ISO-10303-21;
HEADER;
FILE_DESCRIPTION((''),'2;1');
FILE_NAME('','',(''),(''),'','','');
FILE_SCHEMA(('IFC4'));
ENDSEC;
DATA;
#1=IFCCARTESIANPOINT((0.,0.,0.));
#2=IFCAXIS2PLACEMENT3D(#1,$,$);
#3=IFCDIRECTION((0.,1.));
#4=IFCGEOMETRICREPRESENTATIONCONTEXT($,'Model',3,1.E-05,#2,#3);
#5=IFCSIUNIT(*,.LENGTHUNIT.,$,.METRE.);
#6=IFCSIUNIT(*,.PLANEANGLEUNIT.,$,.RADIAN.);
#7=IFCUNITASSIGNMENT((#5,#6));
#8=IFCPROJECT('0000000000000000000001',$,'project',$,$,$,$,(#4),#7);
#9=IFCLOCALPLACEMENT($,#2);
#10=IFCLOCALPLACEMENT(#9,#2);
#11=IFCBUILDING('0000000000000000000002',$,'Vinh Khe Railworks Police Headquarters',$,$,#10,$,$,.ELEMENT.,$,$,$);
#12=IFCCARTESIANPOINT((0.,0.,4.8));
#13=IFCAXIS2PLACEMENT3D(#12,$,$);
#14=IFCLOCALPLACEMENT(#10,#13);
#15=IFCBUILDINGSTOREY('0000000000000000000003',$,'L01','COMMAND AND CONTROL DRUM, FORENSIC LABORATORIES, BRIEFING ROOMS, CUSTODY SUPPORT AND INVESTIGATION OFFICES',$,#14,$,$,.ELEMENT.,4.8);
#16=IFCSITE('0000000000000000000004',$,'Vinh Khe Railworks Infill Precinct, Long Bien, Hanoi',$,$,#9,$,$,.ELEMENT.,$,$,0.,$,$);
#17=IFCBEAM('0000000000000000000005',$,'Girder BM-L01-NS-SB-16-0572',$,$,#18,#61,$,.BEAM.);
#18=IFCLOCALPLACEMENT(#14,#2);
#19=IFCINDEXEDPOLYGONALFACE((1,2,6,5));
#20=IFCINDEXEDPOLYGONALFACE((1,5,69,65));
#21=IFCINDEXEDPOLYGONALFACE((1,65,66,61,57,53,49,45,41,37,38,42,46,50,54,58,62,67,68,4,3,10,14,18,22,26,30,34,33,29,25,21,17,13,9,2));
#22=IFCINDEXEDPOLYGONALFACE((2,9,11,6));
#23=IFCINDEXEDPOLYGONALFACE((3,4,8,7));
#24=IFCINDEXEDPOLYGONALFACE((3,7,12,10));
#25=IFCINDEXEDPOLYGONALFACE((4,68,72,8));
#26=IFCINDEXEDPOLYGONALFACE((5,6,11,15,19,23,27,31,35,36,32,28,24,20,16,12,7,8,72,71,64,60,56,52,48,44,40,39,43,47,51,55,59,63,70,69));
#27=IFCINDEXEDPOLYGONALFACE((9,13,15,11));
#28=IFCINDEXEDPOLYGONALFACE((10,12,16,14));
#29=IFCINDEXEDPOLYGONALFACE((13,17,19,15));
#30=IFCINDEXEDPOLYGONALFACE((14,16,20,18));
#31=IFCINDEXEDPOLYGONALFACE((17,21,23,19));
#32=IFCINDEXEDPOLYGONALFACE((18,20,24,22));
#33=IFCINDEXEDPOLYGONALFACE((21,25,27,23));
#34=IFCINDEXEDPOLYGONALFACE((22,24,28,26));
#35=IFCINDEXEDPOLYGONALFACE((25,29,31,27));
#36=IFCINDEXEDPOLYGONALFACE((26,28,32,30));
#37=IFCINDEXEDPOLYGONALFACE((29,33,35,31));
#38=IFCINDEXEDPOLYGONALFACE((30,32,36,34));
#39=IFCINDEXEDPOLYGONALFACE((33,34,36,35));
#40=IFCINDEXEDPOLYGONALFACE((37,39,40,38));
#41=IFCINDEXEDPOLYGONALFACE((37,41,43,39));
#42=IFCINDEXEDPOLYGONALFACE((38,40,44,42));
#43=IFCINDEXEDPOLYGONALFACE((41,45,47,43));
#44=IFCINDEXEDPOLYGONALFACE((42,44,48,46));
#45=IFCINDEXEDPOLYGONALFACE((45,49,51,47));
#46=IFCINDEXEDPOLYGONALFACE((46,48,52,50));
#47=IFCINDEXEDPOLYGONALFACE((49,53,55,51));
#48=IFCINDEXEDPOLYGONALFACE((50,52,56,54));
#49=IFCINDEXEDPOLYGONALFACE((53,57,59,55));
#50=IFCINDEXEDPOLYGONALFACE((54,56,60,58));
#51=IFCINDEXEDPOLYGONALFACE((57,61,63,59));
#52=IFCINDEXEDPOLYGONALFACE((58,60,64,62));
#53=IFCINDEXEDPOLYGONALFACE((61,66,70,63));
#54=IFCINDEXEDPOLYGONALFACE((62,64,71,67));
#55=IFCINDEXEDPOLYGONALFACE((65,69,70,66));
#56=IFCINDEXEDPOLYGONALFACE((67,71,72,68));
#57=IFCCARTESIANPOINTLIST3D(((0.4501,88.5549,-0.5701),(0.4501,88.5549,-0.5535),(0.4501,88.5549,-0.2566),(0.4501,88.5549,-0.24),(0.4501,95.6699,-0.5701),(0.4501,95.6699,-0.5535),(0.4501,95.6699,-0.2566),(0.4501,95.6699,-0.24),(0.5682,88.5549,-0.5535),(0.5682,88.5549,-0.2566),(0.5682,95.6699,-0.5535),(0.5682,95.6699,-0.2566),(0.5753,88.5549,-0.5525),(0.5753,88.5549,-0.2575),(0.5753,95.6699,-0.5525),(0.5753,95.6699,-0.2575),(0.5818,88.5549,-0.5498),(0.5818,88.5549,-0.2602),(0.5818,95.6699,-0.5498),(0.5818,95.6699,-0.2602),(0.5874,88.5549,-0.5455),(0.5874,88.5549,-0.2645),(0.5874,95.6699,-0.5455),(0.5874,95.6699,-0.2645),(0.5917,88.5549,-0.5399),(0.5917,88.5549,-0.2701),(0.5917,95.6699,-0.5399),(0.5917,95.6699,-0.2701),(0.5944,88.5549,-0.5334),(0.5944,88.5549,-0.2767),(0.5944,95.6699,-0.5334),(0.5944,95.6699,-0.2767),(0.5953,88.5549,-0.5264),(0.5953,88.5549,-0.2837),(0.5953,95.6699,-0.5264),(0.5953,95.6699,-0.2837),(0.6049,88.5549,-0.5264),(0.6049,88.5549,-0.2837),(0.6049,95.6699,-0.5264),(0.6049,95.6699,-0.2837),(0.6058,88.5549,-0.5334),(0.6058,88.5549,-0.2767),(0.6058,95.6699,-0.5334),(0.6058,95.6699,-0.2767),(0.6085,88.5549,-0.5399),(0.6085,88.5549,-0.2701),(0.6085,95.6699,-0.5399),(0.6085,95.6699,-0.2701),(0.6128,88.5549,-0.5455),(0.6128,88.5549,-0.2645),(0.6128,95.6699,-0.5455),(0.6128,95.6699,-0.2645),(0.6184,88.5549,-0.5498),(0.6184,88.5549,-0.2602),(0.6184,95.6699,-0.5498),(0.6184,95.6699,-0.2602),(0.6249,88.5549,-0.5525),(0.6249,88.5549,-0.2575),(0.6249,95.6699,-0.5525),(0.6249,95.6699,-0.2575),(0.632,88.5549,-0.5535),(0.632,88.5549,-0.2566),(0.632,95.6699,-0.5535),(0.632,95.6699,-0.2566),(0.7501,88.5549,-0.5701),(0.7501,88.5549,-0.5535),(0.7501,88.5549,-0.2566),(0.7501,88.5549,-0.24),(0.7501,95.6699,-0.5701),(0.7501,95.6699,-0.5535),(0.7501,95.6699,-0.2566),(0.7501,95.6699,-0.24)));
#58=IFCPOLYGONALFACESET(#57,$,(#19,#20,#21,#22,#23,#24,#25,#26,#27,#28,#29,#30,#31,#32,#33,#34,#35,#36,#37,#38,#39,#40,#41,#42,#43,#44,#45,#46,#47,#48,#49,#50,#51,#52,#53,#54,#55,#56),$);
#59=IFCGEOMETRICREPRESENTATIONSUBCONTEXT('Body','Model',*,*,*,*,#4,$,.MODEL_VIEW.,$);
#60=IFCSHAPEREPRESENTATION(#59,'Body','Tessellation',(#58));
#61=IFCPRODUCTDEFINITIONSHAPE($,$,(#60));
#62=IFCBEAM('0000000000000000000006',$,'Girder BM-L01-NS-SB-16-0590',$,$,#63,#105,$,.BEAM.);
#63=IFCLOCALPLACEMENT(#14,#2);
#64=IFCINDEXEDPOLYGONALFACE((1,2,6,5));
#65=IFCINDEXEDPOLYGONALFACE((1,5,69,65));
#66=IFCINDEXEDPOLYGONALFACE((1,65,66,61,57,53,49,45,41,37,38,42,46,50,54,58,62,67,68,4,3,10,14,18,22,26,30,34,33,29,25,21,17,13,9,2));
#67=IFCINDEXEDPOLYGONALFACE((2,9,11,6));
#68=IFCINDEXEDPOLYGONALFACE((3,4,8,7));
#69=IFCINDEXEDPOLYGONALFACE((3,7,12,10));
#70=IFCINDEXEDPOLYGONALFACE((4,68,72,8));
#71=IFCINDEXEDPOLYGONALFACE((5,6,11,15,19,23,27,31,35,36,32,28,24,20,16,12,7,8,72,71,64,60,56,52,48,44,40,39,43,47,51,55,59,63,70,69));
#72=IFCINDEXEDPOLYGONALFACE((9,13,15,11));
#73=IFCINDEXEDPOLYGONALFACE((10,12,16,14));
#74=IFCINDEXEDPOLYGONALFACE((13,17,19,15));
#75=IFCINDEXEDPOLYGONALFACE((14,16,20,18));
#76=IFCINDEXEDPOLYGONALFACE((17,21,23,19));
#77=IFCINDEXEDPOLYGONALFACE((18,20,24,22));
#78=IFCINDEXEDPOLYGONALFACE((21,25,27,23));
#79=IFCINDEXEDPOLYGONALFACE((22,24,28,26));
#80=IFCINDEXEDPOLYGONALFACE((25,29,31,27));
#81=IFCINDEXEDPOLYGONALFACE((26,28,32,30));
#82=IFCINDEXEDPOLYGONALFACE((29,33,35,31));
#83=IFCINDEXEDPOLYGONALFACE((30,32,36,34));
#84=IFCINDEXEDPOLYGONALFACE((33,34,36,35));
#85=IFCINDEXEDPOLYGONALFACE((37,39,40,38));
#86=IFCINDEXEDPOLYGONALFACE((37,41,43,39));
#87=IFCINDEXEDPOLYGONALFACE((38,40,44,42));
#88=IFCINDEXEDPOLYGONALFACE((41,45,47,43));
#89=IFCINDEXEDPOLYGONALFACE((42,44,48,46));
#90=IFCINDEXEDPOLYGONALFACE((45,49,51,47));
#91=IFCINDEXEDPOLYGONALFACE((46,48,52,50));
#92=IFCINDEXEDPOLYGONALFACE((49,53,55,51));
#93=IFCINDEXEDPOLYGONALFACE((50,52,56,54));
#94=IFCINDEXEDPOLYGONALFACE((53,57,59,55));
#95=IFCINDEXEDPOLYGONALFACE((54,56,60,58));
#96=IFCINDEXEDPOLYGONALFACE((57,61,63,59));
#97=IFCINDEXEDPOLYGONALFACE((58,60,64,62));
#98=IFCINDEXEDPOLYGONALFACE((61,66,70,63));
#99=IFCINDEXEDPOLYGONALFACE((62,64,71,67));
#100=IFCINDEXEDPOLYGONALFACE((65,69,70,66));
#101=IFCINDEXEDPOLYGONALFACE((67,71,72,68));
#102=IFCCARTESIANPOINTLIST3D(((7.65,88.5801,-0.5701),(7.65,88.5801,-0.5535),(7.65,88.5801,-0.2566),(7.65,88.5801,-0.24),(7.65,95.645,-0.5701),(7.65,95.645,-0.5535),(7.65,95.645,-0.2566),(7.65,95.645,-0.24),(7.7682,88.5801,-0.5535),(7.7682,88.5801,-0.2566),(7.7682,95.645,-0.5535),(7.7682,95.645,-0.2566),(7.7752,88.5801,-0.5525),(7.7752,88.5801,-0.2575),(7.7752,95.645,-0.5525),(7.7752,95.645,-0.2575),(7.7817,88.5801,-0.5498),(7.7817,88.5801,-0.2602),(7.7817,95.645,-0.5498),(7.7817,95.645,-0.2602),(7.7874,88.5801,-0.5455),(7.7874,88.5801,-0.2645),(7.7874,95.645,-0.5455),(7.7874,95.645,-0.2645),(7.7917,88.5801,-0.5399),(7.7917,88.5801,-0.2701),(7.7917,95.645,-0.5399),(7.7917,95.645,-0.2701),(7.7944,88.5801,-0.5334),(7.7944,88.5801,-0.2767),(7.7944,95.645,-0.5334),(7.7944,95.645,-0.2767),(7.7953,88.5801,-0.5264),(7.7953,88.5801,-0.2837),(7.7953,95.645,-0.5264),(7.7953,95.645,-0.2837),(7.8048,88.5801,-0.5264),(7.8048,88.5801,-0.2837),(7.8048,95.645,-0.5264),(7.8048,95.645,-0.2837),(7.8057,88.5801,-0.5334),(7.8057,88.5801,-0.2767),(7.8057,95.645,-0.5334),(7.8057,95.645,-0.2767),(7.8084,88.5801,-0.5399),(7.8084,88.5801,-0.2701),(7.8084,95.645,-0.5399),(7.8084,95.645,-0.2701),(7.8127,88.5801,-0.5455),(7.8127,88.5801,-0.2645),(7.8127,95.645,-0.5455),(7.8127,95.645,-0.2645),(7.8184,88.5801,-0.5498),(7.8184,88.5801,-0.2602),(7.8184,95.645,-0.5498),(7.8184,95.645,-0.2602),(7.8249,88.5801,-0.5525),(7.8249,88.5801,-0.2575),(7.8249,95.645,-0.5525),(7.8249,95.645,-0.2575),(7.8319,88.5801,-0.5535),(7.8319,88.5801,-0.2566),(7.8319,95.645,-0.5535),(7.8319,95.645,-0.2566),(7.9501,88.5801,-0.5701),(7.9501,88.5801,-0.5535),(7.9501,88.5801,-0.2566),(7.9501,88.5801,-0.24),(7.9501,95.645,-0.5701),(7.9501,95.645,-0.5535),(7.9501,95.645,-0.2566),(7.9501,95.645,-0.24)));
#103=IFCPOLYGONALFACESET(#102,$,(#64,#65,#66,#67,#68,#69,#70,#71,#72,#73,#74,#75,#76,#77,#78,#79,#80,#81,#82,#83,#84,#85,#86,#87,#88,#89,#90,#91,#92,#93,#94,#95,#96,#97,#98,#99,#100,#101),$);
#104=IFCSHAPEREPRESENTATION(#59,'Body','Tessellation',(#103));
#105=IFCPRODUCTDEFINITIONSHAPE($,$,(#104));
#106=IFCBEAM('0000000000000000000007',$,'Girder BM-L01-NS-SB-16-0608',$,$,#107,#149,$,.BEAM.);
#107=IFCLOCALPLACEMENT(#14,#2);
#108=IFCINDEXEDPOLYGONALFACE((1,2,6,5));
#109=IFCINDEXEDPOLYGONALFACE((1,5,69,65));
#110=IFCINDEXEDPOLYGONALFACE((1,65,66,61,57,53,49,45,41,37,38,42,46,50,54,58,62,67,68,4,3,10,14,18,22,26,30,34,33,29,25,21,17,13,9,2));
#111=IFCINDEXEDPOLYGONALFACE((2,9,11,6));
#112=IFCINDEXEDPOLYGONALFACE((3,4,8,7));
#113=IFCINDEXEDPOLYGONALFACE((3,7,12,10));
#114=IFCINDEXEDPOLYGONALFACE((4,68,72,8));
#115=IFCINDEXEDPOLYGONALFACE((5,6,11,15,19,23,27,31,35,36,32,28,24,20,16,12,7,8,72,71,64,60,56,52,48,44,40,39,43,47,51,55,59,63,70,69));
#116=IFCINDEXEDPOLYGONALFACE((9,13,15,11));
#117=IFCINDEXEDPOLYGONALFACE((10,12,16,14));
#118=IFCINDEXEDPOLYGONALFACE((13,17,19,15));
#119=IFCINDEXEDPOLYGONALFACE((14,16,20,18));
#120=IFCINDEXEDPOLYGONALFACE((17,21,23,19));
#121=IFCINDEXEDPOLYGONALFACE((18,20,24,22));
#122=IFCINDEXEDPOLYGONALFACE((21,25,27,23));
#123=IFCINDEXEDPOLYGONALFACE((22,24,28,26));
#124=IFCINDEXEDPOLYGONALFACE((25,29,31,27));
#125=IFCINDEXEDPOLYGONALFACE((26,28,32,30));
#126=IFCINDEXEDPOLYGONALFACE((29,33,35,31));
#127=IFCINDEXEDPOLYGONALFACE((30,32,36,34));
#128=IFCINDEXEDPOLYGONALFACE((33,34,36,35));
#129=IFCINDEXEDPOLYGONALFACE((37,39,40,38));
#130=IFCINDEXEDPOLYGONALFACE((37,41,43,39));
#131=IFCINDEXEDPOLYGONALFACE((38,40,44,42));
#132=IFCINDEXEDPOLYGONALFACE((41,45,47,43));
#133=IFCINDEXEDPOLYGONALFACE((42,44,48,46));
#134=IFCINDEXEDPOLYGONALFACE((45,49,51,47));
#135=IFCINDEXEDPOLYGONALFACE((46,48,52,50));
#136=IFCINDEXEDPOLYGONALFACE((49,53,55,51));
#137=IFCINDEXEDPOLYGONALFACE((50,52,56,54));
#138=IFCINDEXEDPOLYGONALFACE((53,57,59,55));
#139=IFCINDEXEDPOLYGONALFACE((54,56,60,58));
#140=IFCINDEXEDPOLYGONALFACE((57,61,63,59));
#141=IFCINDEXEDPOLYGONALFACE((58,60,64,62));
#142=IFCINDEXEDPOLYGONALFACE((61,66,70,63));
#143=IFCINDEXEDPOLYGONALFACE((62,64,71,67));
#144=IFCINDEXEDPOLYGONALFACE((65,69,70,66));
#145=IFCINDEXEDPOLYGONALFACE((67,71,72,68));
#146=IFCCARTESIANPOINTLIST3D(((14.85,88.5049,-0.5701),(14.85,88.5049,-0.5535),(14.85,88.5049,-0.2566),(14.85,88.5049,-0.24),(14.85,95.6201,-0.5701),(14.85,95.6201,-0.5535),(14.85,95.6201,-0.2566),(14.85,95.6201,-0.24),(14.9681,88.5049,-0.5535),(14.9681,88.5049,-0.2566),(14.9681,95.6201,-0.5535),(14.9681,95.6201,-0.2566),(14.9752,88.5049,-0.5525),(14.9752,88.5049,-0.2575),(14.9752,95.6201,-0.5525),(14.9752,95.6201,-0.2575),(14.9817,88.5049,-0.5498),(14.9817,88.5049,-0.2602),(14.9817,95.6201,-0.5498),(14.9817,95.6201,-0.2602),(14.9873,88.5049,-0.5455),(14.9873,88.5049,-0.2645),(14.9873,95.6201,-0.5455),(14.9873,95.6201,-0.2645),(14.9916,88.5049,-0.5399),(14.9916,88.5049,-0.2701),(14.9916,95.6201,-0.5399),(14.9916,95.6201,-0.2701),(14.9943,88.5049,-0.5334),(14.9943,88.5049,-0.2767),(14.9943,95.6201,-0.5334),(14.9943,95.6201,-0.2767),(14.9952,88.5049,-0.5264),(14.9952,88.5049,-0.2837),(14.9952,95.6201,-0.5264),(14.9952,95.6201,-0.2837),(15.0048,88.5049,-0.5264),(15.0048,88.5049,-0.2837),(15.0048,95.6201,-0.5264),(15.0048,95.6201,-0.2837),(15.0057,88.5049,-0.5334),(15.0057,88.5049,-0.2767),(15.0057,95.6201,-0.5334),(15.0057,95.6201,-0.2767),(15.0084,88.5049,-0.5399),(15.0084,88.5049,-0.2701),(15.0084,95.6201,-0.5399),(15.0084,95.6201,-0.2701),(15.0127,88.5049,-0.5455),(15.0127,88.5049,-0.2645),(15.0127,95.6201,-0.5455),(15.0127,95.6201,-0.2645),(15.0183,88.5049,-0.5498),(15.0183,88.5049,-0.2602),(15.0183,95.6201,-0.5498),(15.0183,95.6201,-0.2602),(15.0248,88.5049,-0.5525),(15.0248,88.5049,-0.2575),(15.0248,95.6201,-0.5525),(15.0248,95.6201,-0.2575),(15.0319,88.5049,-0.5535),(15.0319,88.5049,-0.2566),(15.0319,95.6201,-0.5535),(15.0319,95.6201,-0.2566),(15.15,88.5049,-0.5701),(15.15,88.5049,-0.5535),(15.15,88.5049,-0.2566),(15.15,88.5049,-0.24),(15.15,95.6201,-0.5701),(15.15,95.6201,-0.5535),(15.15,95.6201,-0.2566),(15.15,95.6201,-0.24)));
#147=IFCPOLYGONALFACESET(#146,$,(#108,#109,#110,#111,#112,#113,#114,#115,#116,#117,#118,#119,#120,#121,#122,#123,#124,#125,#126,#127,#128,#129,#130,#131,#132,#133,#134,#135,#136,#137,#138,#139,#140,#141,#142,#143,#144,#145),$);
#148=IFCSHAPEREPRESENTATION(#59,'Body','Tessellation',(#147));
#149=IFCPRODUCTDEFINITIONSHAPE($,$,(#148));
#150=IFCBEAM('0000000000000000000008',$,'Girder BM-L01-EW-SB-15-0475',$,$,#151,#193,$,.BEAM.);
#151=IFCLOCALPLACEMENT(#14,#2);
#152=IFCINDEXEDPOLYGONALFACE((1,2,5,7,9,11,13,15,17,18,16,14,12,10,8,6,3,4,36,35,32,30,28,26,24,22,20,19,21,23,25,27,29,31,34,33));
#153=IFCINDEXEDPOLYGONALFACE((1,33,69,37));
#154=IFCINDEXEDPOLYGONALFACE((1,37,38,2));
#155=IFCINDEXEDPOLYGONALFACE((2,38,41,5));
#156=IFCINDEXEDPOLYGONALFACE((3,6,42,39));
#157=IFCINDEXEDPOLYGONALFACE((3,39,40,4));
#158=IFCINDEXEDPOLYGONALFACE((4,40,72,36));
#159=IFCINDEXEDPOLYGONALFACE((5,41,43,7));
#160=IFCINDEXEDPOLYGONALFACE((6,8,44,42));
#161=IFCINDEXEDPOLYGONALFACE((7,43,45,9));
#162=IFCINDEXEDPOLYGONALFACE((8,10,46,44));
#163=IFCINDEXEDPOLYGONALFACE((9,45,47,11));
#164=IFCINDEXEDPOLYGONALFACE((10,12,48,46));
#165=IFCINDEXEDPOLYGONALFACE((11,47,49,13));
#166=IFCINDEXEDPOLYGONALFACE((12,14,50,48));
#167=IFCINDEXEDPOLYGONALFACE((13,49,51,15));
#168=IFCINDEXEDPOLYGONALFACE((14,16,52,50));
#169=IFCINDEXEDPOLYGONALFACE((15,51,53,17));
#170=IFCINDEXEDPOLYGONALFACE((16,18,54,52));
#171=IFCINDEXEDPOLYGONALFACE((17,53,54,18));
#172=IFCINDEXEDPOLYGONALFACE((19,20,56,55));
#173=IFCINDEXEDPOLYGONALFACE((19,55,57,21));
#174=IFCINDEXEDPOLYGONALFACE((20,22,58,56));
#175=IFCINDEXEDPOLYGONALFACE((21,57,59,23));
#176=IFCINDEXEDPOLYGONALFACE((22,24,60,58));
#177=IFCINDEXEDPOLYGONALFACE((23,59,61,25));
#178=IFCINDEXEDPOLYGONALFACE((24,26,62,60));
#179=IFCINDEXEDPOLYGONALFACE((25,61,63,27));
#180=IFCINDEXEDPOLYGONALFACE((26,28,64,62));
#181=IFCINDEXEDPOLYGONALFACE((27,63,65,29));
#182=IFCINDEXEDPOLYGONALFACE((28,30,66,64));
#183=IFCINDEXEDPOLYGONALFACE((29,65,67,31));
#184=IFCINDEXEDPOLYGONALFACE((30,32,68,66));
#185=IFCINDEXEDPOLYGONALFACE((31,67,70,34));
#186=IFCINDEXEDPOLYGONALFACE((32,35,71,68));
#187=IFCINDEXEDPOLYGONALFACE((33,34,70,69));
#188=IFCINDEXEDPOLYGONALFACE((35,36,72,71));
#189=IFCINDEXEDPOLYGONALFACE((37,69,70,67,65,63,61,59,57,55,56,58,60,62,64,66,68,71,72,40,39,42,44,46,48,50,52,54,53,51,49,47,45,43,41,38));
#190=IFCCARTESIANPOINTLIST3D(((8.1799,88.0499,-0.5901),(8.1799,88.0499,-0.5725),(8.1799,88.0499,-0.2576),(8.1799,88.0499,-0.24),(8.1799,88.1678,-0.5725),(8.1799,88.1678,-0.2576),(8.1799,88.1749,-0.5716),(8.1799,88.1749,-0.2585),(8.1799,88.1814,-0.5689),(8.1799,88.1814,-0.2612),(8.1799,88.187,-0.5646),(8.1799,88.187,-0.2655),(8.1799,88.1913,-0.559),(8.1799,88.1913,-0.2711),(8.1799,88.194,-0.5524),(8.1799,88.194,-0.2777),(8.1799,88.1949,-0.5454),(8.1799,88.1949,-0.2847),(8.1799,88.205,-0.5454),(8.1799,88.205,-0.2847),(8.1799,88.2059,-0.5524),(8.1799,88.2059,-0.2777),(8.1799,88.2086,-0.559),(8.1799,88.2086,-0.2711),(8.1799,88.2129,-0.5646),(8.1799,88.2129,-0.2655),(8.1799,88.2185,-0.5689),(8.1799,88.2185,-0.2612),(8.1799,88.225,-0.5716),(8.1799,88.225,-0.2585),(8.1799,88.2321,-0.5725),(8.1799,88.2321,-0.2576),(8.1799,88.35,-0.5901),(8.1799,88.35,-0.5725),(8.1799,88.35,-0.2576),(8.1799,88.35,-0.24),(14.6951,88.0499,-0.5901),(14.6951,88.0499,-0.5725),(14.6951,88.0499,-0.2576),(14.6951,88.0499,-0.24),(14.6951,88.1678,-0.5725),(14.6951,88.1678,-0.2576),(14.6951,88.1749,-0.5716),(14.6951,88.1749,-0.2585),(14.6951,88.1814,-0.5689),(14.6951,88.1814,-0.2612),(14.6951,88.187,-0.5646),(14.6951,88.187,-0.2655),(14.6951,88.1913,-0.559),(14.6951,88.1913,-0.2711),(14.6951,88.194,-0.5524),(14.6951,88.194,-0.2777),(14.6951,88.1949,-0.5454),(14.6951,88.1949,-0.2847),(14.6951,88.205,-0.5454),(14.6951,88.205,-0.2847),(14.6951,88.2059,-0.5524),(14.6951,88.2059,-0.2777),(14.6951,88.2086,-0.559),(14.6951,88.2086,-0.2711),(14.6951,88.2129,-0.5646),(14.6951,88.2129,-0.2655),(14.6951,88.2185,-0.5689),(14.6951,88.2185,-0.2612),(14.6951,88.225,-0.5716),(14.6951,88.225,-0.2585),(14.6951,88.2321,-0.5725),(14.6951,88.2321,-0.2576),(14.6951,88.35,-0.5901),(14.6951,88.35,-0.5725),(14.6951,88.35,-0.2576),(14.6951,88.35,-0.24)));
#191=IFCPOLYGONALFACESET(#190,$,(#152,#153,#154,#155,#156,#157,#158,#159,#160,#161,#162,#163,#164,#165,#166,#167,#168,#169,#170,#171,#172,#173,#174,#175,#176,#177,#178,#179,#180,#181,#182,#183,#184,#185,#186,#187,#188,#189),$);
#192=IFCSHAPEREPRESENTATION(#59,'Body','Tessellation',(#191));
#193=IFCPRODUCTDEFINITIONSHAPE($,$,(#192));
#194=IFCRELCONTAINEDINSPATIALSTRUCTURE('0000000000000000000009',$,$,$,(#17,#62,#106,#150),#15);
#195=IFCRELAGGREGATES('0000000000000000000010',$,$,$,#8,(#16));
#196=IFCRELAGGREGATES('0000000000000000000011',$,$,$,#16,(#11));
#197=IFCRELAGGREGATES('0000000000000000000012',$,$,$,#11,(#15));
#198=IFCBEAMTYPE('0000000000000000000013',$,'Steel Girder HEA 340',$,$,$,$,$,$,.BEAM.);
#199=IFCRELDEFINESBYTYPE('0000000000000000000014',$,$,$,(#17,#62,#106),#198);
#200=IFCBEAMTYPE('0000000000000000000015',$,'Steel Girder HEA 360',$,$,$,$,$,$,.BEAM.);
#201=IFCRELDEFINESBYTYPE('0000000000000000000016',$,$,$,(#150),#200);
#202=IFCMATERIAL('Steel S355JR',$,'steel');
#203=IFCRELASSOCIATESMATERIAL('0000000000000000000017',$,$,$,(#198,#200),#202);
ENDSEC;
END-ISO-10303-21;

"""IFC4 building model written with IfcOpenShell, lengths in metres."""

from ifc_helpers import new_model, si_unit, direction, frame, origin, origin_2d, place, context, subcontext, project, spatial, i_section, extrude, material, material_profile, profile_set, type_object, element, save


model = new_model("IFC4")

# Units and contexts
model_context = context("Model", 3, precision=1e-05, world=origin(), true_north=direction((0.0, 1.0)))
body_context = subcontext(model_context, "Body", "Model", "MODEL_VIEW")
ifc_project = project(units=[si_unit("LENGTHUNIT", "METRE"), si_unit("PLANEANGLEUNIT", "RADIAN")], contexts=[model_context])

# Site, building, storey
site_placement = place(None, origin())
site = spatial("IfcSite", under=ifc_project, at=site_placement, Name="Vinh Khe Railworks Infill Precinct, Long Bien, Hanoi", CompositionType="ELEMENT", RefElevation=0.0)
building_placement = place(site_placement, origin())
building = spatial("IfcBuilding", under=site, at=building_placement, Name="Vinh Khe Railworks Police Headquarters", CompositionType="ELEMENT")
storey_placement = place(building_placement, frame((0.0, 0.0, 4.8)))
storey = spatial("IfcBuildingStorey", under=building, at=storey_placement, Name="L01", Description="COMMAND AND CONTROL DRUM, FORENSIC LABORATORIES, BRIEFING ROOMS, CUSTODY SUPPORT AND INVESTIGATION OFFICES", CompositionType="ELEMENT", Elevation=4.8)

# Shared definitions
ifc_material_1 = material(Name="Steel S355JR", Category="steel")

# Beams
ifc_material_profile_1 = material_profile(ifc_material_1, i_section(OverallWidth=0.3, OverallDepth=0.3301, WebThickness=0.0095, FlangeThickness=0.0166, FilletRadius=0.0271, at=origin_2d()), Name="HEA 340")
ifc_profile_set_1 = profile_set([ifc_material_profile_1], Name="Steel S355JR")
beam_type_1 = type_object("IfcBeamType", Name="Steel Girder HEA 340", PredefinedType="BEAM", material=ifc_profile_set_1)
beam_1_placement = place(storey_placement, frame((0.6001, 88.5549, -0.405), z_axis=(0.0, 1.0, 0.0), x_axis=(-1.0, 0.0, 0.0)))
element("IfcBeam", 1, at=beam_1_placement, inside=storey, type_object=beam_type_1, Name="Girder BM-L01-NS-SB-16-0572", PredefinedType="BEAM", context=body_context, shape_type="SweptSolid", body=[
    extrude(i_section(OverallWidth=0.3, OverallDepth=0.3301, WebThickness=0.0095, FlangeThickness=0.0166, FilletRadius=0.0271, at=origin_2d()), origin(), (0.0, 0.0, 1.0), 7.115),
])
beam_2_placement = place(storey_placement, frame((7.8, 88.5801, -0.405), z_axis=(0.0, 1.0, 0.0), x_axis=(-1.0, 0.0, 0.0)))
element("IfcBeam", 2, at=beam_2_placement, inside=storey, type_object=beam_type_1, Name="Girder BM-L01-NS-SB-16-0590", PredefinedType="BEAM", context=body_context, shape_type="SweptSolid", body=[
    extrude(i_section(OverallWidth=0.3, OverallDepth=0.3301, WebThickness=0.0095, FlangeThickness=0.0166, FilletRadius=0.0271, at=origin_2d()), origin(), (0.0, 0.0, 1.0), 7.0649),
])
beam_3_placement = place(storey_placement, frame((15.0, 88.5049, -0.405), z_axis=(0.0, 1.0, 0.0), x_axis=(-1.0, 0.0, 0.0)))
element("IfcBeam", 3, at=beam_3_placement, inside=storey, type_object=beam_type_1, Name="Girder BM-L01-NS-SB-16-0608", PredefinedType="BEAM", context=body_context, shape_type="SweptSolid", body=[
    extrude(i_section(OverallWidth=0.3, OverallDepth=0.3301, WebThickness=0.0095, FlangeThickness=0.0166, FilletRadius=0.0271, at=origin_2d()), origin(), (0.0, 0.0, 1.0), 7.1152),
])
ifc_material_profile_2 = material_profile(ifc_material_1, i_section(OverallWidth=0.3, OverallDepth=0.3501, WebThickness=0.01, FlangeThickness=0.0176, FilletRadius=0.0271, at=origin_2d()), Name="HEA 360")
ifc_profile_set_2 = profile_set([ifc_material_profile_2], Name="Steel S355JR")
beam_type_2 = type_object("IfcBeamType", Name="Steel Girder HEA 360", PredefinedType="BEAM", material=ifc_profile_set_2)
beam_4_placement = place(storey_placement, frame((8.1799, 88.2, -0.415), z_axis=(1.0, 0.0, 0.0), x_axis=(0.0, 1.0, 0.0)))
element("IfcBeam", 4, at=beam_4_placement, inside=storey, type_object=beam_type_2, Name="Girder BM-L01-EW-SB-15-0475", PredefinedType="BEAM", context=body_context, shape_type="SweptSolid", body=[
    extrude(i_section(OverallWidth=0.3, OverallDepth=0.3501, WebThickness=0.01, FlangeThickness=0.0176, FilletRadius=0.0271, at=origin_2d()), origin(), (0.0, 0.0, 1.0), 6.5151),
])

save(model, "model.ifc")
